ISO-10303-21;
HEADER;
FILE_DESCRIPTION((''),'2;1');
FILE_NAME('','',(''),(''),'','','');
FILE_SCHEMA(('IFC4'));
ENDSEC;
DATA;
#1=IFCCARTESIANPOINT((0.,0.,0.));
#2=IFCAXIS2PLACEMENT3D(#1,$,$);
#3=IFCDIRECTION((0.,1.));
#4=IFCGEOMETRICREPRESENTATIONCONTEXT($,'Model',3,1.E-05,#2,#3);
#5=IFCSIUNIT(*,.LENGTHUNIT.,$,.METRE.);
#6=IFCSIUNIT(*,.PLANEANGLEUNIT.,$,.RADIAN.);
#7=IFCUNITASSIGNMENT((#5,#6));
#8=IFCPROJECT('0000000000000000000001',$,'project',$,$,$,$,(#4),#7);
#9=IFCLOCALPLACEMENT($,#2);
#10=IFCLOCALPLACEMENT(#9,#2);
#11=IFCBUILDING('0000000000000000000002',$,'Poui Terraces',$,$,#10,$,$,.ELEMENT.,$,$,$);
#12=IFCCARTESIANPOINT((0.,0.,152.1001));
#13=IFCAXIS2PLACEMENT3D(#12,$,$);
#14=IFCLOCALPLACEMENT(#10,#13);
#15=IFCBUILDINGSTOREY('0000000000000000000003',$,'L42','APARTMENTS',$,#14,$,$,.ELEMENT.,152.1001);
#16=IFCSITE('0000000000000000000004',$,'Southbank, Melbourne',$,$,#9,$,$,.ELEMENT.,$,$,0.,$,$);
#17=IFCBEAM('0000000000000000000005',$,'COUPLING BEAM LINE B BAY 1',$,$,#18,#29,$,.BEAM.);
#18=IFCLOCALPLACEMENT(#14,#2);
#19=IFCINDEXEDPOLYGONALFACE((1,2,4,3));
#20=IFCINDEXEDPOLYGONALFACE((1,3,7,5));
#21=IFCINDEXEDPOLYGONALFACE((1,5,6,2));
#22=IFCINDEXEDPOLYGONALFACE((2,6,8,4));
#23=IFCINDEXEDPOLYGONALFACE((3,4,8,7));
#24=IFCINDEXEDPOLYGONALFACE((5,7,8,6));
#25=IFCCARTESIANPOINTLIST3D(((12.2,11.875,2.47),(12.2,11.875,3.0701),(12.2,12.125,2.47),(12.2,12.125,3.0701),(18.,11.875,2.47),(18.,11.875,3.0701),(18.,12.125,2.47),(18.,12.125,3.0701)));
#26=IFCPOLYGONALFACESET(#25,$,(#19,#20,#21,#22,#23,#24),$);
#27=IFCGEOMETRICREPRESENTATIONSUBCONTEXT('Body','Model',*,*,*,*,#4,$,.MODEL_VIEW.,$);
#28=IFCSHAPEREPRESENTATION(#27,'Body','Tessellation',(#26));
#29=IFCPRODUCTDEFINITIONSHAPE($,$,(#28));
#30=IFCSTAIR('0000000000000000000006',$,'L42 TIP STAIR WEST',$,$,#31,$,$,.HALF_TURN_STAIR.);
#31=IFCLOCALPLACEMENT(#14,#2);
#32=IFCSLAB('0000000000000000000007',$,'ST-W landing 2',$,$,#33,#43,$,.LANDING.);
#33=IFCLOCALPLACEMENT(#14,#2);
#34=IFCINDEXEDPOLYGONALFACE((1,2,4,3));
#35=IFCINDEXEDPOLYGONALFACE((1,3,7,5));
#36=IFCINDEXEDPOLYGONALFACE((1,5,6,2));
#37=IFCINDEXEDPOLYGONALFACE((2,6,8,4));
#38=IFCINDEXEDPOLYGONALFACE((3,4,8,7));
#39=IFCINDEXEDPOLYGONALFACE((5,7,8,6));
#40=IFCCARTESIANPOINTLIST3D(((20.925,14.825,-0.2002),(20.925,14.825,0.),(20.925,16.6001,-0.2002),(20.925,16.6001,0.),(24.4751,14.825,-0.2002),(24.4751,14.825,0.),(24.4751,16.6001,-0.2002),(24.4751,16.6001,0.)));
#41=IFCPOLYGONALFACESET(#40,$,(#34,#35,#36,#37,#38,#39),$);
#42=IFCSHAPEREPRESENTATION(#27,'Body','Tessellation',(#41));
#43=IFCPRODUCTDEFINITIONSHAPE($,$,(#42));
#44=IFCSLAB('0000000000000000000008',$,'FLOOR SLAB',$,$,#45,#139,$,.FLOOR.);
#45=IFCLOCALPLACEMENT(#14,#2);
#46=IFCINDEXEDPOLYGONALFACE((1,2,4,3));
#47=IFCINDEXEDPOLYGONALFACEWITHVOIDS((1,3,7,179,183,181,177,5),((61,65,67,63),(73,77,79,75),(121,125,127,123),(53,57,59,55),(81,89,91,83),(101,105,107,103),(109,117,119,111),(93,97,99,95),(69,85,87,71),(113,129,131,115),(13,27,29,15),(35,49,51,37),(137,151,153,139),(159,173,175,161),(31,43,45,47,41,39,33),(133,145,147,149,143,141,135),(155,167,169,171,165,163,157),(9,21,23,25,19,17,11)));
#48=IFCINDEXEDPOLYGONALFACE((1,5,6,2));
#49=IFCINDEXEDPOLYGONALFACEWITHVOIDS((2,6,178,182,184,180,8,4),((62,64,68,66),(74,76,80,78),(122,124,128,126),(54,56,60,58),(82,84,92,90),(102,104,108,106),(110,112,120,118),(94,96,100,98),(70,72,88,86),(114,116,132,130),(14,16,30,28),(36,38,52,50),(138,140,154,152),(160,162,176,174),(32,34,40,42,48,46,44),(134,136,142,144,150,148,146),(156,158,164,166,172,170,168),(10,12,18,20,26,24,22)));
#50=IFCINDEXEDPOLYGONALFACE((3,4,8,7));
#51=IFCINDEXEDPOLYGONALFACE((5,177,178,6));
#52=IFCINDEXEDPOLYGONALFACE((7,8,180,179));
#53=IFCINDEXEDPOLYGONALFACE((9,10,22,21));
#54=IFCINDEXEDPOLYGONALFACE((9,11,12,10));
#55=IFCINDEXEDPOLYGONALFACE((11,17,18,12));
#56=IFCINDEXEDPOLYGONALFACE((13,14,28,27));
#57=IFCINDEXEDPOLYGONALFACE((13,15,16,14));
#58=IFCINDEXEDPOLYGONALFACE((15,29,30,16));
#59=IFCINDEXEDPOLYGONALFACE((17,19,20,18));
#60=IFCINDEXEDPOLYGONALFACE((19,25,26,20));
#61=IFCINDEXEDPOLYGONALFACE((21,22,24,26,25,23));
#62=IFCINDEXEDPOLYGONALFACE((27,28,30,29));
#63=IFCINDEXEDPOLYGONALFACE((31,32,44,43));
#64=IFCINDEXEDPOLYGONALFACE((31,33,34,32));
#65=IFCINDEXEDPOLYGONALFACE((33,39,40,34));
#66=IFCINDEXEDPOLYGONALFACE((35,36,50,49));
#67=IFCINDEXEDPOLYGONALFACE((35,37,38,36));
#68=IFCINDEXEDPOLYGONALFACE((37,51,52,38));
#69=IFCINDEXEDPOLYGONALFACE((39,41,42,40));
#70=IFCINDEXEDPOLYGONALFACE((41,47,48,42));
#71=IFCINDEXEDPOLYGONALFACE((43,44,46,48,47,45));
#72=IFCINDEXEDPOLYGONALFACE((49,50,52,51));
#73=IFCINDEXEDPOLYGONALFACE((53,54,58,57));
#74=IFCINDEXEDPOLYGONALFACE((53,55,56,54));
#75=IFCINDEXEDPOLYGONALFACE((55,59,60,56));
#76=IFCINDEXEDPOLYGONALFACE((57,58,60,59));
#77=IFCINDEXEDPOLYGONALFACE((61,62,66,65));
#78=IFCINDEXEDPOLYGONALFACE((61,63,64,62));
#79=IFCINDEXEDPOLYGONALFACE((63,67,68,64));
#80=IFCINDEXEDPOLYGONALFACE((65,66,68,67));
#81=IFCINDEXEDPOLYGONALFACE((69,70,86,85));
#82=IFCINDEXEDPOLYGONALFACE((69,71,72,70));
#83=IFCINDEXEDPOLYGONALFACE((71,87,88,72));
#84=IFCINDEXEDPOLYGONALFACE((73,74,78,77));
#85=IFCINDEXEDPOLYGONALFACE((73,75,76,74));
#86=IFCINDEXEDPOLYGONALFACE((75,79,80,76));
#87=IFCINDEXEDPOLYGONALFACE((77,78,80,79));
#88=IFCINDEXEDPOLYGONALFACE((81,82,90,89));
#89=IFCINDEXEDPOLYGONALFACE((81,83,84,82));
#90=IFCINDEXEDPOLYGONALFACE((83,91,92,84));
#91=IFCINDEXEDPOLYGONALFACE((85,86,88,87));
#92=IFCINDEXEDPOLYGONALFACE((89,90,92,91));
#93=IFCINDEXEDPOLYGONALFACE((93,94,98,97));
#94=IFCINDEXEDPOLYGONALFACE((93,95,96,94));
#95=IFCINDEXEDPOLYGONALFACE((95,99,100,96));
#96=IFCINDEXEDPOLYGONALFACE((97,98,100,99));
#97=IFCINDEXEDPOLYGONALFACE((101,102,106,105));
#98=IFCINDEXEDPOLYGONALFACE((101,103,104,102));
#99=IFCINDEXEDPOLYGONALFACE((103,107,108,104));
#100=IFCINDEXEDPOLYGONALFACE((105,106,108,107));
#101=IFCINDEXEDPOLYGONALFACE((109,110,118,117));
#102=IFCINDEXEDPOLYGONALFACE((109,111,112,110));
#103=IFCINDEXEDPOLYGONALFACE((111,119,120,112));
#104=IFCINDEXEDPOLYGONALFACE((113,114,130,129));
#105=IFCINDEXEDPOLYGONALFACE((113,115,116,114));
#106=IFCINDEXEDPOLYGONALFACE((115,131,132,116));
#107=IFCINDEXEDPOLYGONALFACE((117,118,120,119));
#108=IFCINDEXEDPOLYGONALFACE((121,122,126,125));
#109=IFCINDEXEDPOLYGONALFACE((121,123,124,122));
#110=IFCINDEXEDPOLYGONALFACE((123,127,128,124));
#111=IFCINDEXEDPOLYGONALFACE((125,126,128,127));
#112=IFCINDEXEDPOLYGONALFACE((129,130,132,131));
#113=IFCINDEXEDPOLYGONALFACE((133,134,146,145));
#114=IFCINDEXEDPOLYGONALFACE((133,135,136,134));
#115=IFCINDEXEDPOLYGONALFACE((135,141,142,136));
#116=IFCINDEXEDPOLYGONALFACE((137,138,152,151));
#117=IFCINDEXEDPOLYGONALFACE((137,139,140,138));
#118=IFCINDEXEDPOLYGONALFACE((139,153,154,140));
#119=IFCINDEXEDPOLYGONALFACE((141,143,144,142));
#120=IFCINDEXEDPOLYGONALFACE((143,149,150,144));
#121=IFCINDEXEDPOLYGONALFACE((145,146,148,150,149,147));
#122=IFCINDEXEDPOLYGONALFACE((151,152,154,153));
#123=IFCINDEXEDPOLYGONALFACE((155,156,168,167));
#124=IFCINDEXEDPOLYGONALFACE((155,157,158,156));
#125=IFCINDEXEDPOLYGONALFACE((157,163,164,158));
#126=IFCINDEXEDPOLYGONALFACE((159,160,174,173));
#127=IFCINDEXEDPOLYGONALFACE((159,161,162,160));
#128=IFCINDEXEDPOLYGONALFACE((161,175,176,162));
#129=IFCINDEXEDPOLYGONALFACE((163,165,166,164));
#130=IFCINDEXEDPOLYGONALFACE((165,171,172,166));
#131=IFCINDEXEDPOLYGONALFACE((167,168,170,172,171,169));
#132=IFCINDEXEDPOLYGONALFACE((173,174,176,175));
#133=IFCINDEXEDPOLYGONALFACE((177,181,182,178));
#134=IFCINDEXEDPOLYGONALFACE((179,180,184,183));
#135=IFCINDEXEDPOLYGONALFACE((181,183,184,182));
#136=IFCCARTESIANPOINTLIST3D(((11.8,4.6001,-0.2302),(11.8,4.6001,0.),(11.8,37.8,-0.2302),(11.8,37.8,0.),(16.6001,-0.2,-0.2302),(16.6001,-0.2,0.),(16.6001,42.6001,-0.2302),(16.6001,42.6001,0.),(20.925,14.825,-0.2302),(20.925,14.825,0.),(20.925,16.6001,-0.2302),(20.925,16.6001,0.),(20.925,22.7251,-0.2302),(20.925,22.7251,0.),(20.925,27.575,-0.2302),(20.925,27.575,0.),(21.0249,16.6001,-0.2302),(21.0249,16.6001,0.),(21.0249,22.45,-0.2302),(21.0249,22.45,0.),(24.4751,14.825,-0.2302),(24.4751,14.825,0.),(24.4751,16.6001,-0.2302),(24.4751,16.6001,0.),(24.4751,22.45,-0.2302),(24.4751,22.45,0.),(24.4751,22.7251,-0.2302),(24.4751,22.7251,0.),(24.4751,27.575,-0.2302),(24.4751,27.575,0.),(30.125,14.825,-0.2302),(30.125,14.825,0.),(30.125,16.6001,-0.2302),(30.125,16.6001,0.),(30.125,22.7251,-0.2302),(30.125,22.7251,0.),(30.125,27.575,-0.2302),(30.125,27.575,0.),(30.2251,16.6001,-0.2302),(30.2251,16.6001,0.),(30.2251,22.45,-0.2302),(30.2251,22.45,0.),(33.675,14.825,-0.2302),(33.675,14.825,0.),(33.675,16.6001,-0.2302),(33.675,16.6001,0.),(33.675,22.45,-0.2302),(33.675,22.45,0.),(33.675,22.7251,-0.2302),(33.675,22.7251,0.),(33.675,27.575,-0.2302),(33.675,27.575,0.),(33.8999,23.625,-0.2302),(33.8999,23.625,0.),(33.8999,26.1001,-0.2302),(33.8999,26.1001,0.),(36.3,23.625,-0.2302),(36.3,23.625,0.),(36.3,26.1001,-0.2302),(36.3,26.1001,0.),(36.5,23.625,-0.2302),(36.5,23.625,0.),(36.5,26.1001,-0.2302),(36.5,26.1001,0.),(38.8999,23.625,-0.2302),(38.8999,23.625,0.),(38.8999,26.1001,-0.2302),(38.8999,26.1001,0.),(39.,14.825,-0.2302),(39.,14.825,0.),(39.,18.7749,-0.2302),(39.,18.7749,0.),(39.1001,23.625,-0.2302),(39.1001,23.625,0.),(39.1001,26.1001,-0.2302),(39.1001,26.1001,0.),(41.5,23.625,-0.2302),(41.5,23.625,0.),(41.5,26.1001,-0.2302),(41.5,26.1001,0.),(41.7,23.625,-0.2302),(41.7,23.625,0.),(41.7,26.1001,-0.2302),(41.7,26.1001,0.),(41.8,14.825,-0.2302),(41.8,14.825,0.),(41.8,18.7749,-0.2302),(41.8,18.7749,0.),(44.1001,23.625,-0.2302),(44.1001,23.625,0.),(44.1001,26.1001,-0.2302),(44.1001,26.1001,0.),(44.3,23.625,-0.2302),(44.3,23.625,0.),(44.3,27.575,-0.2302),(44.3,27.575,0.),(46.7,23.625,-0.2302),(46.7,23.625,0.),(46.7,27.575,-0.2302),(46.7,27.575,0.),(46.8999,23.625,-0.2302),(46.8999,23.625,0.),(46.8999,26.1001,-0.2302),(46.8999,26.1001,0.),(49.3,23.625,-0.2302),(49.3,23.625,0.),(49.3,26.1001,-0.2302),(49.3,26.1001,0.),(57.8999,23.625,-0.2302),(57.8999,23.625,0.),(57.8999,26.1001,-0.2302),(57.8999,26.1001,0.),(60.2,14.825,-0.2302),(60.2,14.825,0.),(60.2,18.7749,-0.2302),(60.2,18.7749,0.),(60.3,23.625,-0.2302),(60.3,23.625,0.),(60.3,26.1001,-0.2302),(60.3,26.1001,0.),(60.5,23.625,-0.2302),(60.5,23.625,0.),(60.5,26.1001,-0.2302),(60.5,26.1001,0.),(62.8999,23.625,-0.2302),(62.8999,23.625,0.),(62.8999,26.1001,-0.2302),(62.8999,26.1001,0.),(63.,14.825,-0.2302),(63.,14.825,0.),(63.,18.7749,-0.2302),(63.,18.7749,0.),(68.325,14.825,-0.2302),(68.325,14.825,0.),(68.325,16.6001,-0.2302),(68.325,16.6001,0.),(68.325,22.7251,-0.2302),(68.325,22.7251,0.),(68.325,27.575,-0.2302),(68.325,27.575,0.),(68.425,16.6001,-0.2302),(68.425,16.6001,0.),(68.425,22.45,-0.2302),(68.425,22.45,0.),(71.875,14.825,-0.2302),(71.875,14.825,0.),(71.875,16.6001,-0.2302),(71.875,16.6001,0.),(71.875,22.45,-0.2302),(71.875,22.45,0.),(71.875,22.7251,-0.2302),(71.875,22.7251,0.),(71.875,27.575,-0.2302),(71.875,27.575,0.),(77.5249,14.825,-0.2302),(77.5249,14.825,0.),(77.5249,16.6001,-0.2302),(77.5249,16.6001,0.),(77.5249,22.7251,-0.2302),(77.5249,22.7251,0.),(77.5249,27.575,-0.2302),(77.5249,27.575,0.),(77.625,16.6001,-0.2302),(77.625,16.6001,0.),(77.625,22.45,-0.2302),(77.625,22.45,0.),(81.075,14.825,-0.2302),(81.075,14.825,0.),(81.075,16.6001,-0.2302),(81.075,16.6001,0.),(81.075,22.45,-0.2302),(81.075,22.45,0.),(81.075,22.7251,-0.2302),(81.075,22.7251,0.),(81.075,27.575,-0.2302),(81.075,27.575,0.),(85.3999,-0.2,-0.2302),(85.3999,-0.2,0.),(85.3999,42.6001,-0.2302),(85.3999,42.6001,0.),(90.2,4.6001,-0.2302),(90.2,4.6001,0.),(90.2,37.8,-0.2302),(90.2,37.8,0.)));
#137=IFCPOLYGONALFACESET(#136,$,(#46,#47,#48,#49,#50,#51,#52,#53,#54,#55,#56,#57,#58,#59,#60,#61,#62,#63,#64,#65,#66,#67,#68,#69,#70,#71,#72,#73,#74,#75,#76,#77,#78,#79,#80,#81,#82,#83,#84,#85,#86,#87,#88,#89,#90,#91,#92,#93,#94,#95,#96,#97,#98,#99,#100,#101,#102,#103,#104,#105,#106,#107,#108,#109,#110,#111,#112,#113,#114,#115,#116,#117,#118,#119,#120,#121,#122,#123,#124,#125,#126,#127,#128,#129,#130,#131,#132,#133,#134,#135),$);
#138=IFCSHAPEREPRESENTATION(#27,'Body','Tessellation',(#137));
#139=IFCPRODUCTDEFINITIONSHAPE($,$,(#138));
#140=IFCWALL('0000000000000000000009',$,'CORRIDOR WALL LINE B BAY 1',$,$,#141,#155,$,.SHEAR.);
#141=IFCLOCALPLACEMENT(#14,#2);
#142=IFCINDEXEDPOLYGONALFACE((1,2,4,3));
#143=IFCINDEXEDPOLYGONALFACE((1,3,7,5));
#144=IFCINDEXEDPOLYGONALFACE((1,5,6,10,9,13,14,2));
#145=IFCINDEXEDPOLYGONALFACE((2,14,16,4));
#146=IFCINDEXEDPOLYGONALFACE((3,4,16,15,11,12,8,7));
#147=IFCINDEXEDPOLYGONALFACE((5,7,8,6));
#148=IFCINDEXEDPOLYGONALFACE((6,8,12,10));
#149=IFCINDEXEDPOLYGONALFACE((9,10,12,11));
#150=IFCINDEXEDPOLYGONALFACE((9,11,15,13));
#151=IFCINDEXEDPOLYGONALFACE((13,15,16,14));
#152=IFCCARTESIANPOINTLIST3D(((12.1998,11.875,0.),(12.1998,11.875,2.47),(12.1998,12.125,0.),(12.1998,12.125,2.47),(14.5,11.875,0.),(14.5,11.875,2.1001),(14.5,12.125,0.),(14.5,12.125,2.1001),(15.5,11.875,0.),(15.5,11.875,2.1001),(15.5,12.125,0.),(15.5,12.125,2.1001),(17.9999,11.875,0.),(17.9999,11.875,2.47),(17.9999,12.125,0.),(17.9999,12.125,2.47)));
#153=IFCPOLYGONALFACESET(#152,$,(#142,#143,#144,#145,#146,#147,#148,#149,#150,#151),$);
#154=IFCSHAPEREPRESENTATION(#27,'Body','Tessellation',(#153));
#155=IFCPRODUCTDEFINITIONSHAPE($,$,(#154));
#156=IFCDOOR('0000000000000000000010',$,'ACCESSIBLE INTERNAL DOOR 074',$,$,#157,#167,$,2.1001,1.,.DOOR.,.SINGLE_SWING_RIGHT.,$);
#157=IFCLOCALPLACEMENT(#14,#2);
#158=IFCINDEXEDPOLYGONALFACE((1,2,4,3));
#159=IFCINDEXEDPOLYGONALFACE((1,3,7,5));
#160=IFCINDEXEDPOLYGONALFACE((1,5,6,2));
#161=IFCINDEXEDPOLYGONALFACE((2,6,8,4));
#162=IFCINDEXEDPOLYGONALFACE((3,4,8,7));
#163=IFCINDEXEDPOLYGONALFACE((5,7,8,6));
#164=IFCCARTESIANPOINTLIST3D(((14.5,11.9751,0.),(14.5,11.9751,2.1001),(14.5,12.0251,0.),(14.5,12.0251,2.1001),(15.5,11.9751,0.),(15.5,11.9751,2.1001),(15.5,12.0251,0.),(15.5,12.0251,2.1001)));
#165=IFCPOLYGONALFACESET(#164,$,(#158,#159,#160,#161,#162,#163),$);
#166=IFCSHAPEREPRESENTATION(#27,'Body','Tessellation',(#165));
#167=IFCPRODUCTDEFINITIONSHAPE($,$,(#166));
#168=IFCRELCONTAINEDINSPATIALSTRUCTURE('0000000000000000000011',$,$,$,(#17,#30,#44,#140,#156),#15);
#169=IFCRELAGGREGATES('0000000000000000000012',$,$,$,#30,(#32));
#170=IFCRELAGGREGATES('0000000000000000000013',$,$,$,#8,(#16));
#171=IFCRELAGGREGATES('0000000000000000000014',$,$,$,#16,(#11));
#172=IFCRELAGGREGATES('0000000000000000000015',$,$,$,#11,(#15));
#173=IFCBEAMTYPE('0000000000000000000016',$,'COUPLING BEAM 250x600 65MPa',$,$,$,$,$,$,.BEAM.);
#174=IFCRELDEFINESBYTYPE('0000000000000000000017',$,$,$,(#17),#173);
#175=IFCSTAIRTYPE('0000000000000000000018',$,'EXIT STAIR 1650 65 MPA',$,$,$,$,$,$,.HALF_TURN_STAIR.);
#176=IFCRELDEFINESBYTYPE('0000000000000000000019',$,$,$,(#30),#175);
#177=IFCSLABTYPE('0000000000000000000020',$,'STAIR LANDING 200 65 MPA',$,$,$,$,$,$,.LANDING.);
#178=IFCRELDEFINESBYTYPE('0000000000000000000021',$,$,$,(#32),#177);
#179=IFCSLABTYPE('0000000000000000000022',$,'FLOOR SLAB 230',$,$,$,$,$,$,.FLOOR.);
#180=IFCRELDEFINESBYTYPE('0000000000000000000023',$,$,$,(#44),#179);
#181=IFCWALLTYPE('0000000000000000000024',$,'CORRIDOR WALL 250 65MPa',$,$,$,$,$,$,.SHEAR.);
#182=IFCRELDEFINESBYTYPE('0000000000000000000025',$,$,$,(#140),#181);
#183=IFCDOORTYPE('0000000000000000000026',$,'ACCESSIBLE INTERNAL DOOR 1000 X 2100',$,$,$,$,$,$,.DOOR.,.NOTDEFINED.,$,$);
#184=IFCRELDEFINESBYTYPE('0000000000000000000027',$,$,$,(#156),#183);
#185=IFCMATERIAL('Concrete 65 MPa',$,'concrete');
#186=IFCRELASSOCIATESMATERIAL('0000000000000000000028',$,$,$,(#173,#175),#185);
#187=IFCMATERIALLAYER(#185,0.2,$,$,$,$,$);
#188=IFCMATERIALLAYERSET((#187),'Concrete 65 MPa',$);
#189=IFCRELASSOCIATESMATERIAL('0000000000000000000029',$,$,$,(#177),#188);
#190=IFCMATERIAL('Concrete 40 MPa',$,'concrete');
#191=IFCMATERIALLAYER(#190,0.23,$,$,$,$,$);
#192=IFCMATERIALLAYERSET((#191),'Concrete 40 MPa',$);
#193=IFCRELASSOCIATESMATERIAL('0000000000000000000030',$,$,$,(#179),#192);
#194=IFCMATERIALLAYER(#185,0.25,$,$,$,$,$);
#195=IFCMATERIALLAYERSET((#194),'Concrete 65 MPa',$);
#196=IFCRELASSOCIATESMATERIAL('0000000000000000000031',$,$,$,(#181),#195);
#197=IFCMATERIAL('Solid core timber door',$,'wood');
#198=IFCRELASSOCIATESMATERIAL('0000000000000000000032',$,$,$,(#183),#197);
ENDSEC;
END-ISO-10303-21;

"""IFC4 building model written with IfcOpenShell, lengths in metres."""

from ifc_helpers import new_model, si_unit, direction, frame, frame_2d, origin, origin_2d, place, context, subcontext, project, spatial, polyline, rectangle, outline, extrude, source, transform, mapped, material, layer, layer_set, material_profile, profile_set, type_object, element, fill, aggregate, save


model = new_model("IFC4")

# Units and contexts
model_context = context("Model", 3, precision=1e-05, world=origin(), true_north=direction((0.0, 1.0)))
body_context = subcontext(model_context, "Body", "Model", "MODEL_VIEW")
ifc_project = project(units=[si_unit("LENGTHUNIT", "METRE"), si_unit("PLANEANGLEUNIT", "RADIAN")], contexts=[model_context])

# Site, building, storey
site_placement = place(None, origin())
site = spatial("IfcSite", under=ifc_project, at=site_placement, Name="Southbank, Melbourne", CompositionType="ELEMENT", RefElevation=0.0)
building_placement = place(site_placement, origin())
building = spatial("IfcBuilding", under=site, at=building_placement, Name="Poui Terraces", CompositionType="ELEMENT")
storey_placement = place(building_placement, frame((0.0, 0.0, 152.1001)))
storey = spatial("IfcBuildingStorey", under=building, at=storey_placement, Name="L42", Description="APARTMENTS", CompositionType="ELEMENT", Elevation=152.1001)

# Beam
ifc_material_1 = material(Name="Concrete 65 MPa", Category="concrete")
ifc_material_profile = material_profile(ifc_material_1, rectangle(XDim=0.25, YDim=0.6001, at=origin_2d()), Name="RC 250x600")
ifc_profile_set = profile_set([ifc_material_profile], Name="Concrete 65 MPa")
beam_type = type_object("IfcBeamType", Name="COUPLING BEAM 250x600 65MPa", PredefinedType="BEAM", material=ifc_profile_set)
shared_shape_1 = source(origin(), body_context, "Body", "SweptSolid", [
    extrude(rectangle(XDim=0.25, YDim=0.6001, at=origin_2d()), origin(), (0.0, 0.0, 1.0), 5.8),
])
beam_placement = place(storey_placement, frame((12.2, 12.0, 2.77), z_axis=(1.0, 0.0, 0.0), x_axis=(0.0, 1.0, 0.0)))
element("IfcBeam", 1, at=beam_placement, inside=storey, type_object=beam_type, Name="COUPLING BEAM LINE B BAY 1", PredefinedType="BEAM", context=body_context, shape_type="MappedRepresentation", body=[
    mapped(shared_shape_1, transform((0.0, 0.0, 0.0))),
])

# Stair, slab
stair_type = type_object("IfcStairType", Name="EXIT STAIR 1650 65 MPA", PredefinedType="HALF_TURN_STAIR", material=ifc_material_1)
stair_placement = place(storey_placement, origin())
stair = element("IfcStair", 2, at=stair_placement, inside=storey, type_object=stair_type, Name="L42 TIP STAIR WEST", PredefinedType="HALF_TURN_STAIR")
ifc_layer_1 = layer(ifc_material_1, 0.2)
ifc_layer_set_1 = layer_set([ifc_layer_1], Name="Concrete 65 MPa")
slab_type_1 = type_object("IfcSlabType", Name="STAIR LANDING 200 65 MPA", PredefinedType="LANDING", material=ifc_layer_set_1)
slab_1_placement = place(storey_placement, frame((0.0, 0.0, -0.2002)))
slab_1 = element("IfcSlab", 3, at=slab_1_placement, type_object=slab_type_1, Name="ST-W landing 2", PredefinedType="LANDING", context=body_context, shape_type="SweptSolid", body=[
    extrude(outline(polyline([(20.925, 14.825), (24.4751, 14.825), (24.4751, 16.6001), (20.925, 16.6001), (20.925, 14.825)])), origin(), (0.0, 0.0, 1.0), 0.2002),
])
aggregate(stair, [slab_1])

# Slab
ifc_material_2 = material(Name="Concrete 40 MPa", Category="concrete")
ifc_layer_2 = layer(ifc_material_2, 0.23)
ifc_layer_set_2 = layer_set([ifc_layer_2], Name="Concrete 40 MPa")
slab_type_2 = type_object("IfcSlabType", Name="FLOOR SLAB 230", PredefinedType="FLOOR", material=ifc_layer_set_2)
shared_shape_2 = source(origin(), body_context, "Body", "SweptSolid", [
    extrude(outline(polyline([(0.0, 0.0), (4.8, -4.8), (73.5999, -4.8), (78.3999, 0.0), (78.3999, 33.2), (73.5999, 38.0), (4.8, 38.0), (0.0, 33.2), (0.0, 0.0)]), holes=[polyline([(27.2, 10.2249), (27.2, 14.1748), (30.0, 14.1748), (30.0, 10.2249), (27.2, 10.2249)]), polyline([(9.2249, 17.8499), (12.675, 17.8499), (12.675, 12.0), (12.675, 10.2249), (9.125, 10.2249), (9.125, 12.0), (9.2249, 12.0), (9.2249, 17.8499)]), polyline([(18.425, 17.8499), (21.875, 17.8499), (21.875, 12.0), (21.875, 10.2249), (18.325, 10.2249), (18.325, 12.0), (18.425, 12.0), (18.425, 17.8499)]), polyline([(22.0999, 19.0249), (22.0999, 21.5), (24.5, 21.5), (24.5, 19.0249), (22.0999, 19.0249)]), polyline([(24.7, 19.0249), (24.7, 21.5), (27.0999, 21.5), (27.0999, 19.0249), (24.7, 19.0249)]), polyline([(27.3, 19.0249), (27.3, 21.5), (29.7, 21.5), (29.7, 19.0249), (27.3, 19.0249)]), polyline([(29.8999, 19.0249), (29.8999, 21.5), (32.3, 21.5), (32.3, 19.0249), (29.8999, 19.0249)]), polyline([(9.125, 22.9749), (12.675, 22.9749), (12.675, 18.125), (9.125, 18.125), (9.125, 22.9749)]), polyline([(18.325, 22.9749), (21.875, 22.9749), (21.875, 18.125), (18.325, 18.125), (18.325, 22.9749)]), polyline([(48.3999, 10.2249), (48.3999, 14.1748), (51.2, 14.1748), (51.2, 10.2249), (48.3999, 10.2249)]), polyline([(56.625, 17.8499), (60.075, 17.8499), (60.075, 12.0), (60.075, 10.2249), (56.5249, 10.2249), (56.5249, 12.0), (56.625, 12.0), (56.625, 17.8499)]), polyline([(65.825, 17.8499), (69.2749, 17.8499), (69.2749, 12.0), (69.2749, 10.2249), (65.7249, 10.2249), (65.7249, 12.0), (65.825, 12.0), (65.825, 17.8499)]), polyline([(35.0999, 19.0249), (35.0999, 21.5), (37.5, 21.5), (37.5, 19.0249), (35.0999, 19.0249)]), polyline([(46.0999, 19.0249), (46.0999, 21.5), (48.5, 21.5), (48.5, 19.0249), (46.0999, 19.0249)]), polyline([(48.7, 19.0249), (48.7, 21.5), (51.0999, 21.5), (51.0999, 19.0249), (48.7, 19.0249)]), polyline([(56.5249, 18.125), (56.5249, 22.9749), (60.075, 22.9749), (60.075, 18.125), (56.5249, 18.125)]), polyline([(65.7249, 22.9749), (69.2749, 22.9749), (69.2749, 18.125), (65.7249, 18.125), (65.7249, 22.9749)]), polyline([(32.5, 22.9749), (34.8999, 22.9749), (34.8999, 19.0249), (32.5, 19.0249), (32.5, 22.9749)])]), origin(), (0.0, 0.0, 1.0), 0.2302),
])
slab_2_placement = place(storey_placement, frame((11.8, 4.6001, -0.2302)))
element("IfcSlab", 4, at=slab_2_placement, inside=storey, type_object=slab_type_2, Name="FLOOR SLAB", PredefinedType="FLOOR", context=body_context, shape_type="MappedRepresentation", body=[
    mapped(shared_shape_2, transform((0.0, 0.0, 0.0))),
])

# Wall, opening, door
ifc_layer_3 = layer(ifc_material_1, 0.25)
ifc_layer_set_3 = layer_set([ifc_layer_3], Name="Concrete 65 MPa")
wall_type_1 = type_object("IfcWallType", Name="CORRIDOR WALL 250 65MPa", PredefinedType="SHEAR", material=ifc_layer_set_3)
wall_1_placement = place(storey_placement, frame((12.2, 12.0, 0.0), z_axis=(0.0, 0.0, 1.0), x_axis=(1.0, 0.0, 0.0)))
wall_1 = element("IfcWall", 5, at=wall_1_placement, inside=storey, type_object=wall_type_1, Name="CORRIDOR WALL LINE B BAY 1", PredefinedType="SHEAR", context=body_context, shape_type="SweptSolid", body=[
    extrude(rectangle(XDim=5.8, YDim=0.25, at=frame_2d((2.8999, 0.0))), origin(), (0.0, 0.0, 1.0), 2.47),
])
opening_1_placement = place(wall_1_placement, frame((2.3, 0.0, 0.0)))
opening_1 = element("IfcOpeningElement", 6, at=opening_1_placement, cuts=wall_1, PredefinedType="OPENING", context=body_context, shape_type="SweptSolid", body=[
    extrude(rectangle(XDim=1.0, YDim=2.1001, at=frame_2d((0.5, 1.05))), frame((0.0, 0.135, 0.0), z_axis=(0.0, -1.0, 0.0), x_axis=(1.0, 0.0, 0.0)), (0.0, 0.0, 1.0), 0.27),
])
ifc_material_3 = material(Name="Solid core timber door", Category="wood")
door_type_1 = type_object("IfcDoorType", Name="ACCESSIBLE INTERNAL DOOR 1000 X 2100", OperationType="NOTDEFINED", PredefinedType="DOOR", material=ifc_material_3)
door_1_placement = place(opening_1_placement, frame((1.0, 0.0, 0.0), z_axis=(0.0, 0.0, 1.0), x_axis=(-1.0, 0.0, 0.0)))
door_1 = element("IfcDoor", 7, at=door_1_placement, inside=storey, type_object=door_type_1, Name="ACCESSIBLE INTERNAL DOOR 074", OperationType="SINGLE_SWING_RIGHT", OverallHeight=2.1001, OverallWidth=1.0, PredefinedType="DOOR", context=body_context, shape_type="SweptSolid", body=[
    extrude(rectangle(XDim=1.0, YDim=2.1001, at=frame_2d((0.5, 1.05))), frame((0.0, 0.0249, 0.0), z_axis=(0.0, -1.0, 0.0), x_axis=(1.0, 0.0, 0.0)), (0.0, 0.0, 1.0), 0.05),
])
fill(opening_1, door_1)

save(model, "model.ifc")
